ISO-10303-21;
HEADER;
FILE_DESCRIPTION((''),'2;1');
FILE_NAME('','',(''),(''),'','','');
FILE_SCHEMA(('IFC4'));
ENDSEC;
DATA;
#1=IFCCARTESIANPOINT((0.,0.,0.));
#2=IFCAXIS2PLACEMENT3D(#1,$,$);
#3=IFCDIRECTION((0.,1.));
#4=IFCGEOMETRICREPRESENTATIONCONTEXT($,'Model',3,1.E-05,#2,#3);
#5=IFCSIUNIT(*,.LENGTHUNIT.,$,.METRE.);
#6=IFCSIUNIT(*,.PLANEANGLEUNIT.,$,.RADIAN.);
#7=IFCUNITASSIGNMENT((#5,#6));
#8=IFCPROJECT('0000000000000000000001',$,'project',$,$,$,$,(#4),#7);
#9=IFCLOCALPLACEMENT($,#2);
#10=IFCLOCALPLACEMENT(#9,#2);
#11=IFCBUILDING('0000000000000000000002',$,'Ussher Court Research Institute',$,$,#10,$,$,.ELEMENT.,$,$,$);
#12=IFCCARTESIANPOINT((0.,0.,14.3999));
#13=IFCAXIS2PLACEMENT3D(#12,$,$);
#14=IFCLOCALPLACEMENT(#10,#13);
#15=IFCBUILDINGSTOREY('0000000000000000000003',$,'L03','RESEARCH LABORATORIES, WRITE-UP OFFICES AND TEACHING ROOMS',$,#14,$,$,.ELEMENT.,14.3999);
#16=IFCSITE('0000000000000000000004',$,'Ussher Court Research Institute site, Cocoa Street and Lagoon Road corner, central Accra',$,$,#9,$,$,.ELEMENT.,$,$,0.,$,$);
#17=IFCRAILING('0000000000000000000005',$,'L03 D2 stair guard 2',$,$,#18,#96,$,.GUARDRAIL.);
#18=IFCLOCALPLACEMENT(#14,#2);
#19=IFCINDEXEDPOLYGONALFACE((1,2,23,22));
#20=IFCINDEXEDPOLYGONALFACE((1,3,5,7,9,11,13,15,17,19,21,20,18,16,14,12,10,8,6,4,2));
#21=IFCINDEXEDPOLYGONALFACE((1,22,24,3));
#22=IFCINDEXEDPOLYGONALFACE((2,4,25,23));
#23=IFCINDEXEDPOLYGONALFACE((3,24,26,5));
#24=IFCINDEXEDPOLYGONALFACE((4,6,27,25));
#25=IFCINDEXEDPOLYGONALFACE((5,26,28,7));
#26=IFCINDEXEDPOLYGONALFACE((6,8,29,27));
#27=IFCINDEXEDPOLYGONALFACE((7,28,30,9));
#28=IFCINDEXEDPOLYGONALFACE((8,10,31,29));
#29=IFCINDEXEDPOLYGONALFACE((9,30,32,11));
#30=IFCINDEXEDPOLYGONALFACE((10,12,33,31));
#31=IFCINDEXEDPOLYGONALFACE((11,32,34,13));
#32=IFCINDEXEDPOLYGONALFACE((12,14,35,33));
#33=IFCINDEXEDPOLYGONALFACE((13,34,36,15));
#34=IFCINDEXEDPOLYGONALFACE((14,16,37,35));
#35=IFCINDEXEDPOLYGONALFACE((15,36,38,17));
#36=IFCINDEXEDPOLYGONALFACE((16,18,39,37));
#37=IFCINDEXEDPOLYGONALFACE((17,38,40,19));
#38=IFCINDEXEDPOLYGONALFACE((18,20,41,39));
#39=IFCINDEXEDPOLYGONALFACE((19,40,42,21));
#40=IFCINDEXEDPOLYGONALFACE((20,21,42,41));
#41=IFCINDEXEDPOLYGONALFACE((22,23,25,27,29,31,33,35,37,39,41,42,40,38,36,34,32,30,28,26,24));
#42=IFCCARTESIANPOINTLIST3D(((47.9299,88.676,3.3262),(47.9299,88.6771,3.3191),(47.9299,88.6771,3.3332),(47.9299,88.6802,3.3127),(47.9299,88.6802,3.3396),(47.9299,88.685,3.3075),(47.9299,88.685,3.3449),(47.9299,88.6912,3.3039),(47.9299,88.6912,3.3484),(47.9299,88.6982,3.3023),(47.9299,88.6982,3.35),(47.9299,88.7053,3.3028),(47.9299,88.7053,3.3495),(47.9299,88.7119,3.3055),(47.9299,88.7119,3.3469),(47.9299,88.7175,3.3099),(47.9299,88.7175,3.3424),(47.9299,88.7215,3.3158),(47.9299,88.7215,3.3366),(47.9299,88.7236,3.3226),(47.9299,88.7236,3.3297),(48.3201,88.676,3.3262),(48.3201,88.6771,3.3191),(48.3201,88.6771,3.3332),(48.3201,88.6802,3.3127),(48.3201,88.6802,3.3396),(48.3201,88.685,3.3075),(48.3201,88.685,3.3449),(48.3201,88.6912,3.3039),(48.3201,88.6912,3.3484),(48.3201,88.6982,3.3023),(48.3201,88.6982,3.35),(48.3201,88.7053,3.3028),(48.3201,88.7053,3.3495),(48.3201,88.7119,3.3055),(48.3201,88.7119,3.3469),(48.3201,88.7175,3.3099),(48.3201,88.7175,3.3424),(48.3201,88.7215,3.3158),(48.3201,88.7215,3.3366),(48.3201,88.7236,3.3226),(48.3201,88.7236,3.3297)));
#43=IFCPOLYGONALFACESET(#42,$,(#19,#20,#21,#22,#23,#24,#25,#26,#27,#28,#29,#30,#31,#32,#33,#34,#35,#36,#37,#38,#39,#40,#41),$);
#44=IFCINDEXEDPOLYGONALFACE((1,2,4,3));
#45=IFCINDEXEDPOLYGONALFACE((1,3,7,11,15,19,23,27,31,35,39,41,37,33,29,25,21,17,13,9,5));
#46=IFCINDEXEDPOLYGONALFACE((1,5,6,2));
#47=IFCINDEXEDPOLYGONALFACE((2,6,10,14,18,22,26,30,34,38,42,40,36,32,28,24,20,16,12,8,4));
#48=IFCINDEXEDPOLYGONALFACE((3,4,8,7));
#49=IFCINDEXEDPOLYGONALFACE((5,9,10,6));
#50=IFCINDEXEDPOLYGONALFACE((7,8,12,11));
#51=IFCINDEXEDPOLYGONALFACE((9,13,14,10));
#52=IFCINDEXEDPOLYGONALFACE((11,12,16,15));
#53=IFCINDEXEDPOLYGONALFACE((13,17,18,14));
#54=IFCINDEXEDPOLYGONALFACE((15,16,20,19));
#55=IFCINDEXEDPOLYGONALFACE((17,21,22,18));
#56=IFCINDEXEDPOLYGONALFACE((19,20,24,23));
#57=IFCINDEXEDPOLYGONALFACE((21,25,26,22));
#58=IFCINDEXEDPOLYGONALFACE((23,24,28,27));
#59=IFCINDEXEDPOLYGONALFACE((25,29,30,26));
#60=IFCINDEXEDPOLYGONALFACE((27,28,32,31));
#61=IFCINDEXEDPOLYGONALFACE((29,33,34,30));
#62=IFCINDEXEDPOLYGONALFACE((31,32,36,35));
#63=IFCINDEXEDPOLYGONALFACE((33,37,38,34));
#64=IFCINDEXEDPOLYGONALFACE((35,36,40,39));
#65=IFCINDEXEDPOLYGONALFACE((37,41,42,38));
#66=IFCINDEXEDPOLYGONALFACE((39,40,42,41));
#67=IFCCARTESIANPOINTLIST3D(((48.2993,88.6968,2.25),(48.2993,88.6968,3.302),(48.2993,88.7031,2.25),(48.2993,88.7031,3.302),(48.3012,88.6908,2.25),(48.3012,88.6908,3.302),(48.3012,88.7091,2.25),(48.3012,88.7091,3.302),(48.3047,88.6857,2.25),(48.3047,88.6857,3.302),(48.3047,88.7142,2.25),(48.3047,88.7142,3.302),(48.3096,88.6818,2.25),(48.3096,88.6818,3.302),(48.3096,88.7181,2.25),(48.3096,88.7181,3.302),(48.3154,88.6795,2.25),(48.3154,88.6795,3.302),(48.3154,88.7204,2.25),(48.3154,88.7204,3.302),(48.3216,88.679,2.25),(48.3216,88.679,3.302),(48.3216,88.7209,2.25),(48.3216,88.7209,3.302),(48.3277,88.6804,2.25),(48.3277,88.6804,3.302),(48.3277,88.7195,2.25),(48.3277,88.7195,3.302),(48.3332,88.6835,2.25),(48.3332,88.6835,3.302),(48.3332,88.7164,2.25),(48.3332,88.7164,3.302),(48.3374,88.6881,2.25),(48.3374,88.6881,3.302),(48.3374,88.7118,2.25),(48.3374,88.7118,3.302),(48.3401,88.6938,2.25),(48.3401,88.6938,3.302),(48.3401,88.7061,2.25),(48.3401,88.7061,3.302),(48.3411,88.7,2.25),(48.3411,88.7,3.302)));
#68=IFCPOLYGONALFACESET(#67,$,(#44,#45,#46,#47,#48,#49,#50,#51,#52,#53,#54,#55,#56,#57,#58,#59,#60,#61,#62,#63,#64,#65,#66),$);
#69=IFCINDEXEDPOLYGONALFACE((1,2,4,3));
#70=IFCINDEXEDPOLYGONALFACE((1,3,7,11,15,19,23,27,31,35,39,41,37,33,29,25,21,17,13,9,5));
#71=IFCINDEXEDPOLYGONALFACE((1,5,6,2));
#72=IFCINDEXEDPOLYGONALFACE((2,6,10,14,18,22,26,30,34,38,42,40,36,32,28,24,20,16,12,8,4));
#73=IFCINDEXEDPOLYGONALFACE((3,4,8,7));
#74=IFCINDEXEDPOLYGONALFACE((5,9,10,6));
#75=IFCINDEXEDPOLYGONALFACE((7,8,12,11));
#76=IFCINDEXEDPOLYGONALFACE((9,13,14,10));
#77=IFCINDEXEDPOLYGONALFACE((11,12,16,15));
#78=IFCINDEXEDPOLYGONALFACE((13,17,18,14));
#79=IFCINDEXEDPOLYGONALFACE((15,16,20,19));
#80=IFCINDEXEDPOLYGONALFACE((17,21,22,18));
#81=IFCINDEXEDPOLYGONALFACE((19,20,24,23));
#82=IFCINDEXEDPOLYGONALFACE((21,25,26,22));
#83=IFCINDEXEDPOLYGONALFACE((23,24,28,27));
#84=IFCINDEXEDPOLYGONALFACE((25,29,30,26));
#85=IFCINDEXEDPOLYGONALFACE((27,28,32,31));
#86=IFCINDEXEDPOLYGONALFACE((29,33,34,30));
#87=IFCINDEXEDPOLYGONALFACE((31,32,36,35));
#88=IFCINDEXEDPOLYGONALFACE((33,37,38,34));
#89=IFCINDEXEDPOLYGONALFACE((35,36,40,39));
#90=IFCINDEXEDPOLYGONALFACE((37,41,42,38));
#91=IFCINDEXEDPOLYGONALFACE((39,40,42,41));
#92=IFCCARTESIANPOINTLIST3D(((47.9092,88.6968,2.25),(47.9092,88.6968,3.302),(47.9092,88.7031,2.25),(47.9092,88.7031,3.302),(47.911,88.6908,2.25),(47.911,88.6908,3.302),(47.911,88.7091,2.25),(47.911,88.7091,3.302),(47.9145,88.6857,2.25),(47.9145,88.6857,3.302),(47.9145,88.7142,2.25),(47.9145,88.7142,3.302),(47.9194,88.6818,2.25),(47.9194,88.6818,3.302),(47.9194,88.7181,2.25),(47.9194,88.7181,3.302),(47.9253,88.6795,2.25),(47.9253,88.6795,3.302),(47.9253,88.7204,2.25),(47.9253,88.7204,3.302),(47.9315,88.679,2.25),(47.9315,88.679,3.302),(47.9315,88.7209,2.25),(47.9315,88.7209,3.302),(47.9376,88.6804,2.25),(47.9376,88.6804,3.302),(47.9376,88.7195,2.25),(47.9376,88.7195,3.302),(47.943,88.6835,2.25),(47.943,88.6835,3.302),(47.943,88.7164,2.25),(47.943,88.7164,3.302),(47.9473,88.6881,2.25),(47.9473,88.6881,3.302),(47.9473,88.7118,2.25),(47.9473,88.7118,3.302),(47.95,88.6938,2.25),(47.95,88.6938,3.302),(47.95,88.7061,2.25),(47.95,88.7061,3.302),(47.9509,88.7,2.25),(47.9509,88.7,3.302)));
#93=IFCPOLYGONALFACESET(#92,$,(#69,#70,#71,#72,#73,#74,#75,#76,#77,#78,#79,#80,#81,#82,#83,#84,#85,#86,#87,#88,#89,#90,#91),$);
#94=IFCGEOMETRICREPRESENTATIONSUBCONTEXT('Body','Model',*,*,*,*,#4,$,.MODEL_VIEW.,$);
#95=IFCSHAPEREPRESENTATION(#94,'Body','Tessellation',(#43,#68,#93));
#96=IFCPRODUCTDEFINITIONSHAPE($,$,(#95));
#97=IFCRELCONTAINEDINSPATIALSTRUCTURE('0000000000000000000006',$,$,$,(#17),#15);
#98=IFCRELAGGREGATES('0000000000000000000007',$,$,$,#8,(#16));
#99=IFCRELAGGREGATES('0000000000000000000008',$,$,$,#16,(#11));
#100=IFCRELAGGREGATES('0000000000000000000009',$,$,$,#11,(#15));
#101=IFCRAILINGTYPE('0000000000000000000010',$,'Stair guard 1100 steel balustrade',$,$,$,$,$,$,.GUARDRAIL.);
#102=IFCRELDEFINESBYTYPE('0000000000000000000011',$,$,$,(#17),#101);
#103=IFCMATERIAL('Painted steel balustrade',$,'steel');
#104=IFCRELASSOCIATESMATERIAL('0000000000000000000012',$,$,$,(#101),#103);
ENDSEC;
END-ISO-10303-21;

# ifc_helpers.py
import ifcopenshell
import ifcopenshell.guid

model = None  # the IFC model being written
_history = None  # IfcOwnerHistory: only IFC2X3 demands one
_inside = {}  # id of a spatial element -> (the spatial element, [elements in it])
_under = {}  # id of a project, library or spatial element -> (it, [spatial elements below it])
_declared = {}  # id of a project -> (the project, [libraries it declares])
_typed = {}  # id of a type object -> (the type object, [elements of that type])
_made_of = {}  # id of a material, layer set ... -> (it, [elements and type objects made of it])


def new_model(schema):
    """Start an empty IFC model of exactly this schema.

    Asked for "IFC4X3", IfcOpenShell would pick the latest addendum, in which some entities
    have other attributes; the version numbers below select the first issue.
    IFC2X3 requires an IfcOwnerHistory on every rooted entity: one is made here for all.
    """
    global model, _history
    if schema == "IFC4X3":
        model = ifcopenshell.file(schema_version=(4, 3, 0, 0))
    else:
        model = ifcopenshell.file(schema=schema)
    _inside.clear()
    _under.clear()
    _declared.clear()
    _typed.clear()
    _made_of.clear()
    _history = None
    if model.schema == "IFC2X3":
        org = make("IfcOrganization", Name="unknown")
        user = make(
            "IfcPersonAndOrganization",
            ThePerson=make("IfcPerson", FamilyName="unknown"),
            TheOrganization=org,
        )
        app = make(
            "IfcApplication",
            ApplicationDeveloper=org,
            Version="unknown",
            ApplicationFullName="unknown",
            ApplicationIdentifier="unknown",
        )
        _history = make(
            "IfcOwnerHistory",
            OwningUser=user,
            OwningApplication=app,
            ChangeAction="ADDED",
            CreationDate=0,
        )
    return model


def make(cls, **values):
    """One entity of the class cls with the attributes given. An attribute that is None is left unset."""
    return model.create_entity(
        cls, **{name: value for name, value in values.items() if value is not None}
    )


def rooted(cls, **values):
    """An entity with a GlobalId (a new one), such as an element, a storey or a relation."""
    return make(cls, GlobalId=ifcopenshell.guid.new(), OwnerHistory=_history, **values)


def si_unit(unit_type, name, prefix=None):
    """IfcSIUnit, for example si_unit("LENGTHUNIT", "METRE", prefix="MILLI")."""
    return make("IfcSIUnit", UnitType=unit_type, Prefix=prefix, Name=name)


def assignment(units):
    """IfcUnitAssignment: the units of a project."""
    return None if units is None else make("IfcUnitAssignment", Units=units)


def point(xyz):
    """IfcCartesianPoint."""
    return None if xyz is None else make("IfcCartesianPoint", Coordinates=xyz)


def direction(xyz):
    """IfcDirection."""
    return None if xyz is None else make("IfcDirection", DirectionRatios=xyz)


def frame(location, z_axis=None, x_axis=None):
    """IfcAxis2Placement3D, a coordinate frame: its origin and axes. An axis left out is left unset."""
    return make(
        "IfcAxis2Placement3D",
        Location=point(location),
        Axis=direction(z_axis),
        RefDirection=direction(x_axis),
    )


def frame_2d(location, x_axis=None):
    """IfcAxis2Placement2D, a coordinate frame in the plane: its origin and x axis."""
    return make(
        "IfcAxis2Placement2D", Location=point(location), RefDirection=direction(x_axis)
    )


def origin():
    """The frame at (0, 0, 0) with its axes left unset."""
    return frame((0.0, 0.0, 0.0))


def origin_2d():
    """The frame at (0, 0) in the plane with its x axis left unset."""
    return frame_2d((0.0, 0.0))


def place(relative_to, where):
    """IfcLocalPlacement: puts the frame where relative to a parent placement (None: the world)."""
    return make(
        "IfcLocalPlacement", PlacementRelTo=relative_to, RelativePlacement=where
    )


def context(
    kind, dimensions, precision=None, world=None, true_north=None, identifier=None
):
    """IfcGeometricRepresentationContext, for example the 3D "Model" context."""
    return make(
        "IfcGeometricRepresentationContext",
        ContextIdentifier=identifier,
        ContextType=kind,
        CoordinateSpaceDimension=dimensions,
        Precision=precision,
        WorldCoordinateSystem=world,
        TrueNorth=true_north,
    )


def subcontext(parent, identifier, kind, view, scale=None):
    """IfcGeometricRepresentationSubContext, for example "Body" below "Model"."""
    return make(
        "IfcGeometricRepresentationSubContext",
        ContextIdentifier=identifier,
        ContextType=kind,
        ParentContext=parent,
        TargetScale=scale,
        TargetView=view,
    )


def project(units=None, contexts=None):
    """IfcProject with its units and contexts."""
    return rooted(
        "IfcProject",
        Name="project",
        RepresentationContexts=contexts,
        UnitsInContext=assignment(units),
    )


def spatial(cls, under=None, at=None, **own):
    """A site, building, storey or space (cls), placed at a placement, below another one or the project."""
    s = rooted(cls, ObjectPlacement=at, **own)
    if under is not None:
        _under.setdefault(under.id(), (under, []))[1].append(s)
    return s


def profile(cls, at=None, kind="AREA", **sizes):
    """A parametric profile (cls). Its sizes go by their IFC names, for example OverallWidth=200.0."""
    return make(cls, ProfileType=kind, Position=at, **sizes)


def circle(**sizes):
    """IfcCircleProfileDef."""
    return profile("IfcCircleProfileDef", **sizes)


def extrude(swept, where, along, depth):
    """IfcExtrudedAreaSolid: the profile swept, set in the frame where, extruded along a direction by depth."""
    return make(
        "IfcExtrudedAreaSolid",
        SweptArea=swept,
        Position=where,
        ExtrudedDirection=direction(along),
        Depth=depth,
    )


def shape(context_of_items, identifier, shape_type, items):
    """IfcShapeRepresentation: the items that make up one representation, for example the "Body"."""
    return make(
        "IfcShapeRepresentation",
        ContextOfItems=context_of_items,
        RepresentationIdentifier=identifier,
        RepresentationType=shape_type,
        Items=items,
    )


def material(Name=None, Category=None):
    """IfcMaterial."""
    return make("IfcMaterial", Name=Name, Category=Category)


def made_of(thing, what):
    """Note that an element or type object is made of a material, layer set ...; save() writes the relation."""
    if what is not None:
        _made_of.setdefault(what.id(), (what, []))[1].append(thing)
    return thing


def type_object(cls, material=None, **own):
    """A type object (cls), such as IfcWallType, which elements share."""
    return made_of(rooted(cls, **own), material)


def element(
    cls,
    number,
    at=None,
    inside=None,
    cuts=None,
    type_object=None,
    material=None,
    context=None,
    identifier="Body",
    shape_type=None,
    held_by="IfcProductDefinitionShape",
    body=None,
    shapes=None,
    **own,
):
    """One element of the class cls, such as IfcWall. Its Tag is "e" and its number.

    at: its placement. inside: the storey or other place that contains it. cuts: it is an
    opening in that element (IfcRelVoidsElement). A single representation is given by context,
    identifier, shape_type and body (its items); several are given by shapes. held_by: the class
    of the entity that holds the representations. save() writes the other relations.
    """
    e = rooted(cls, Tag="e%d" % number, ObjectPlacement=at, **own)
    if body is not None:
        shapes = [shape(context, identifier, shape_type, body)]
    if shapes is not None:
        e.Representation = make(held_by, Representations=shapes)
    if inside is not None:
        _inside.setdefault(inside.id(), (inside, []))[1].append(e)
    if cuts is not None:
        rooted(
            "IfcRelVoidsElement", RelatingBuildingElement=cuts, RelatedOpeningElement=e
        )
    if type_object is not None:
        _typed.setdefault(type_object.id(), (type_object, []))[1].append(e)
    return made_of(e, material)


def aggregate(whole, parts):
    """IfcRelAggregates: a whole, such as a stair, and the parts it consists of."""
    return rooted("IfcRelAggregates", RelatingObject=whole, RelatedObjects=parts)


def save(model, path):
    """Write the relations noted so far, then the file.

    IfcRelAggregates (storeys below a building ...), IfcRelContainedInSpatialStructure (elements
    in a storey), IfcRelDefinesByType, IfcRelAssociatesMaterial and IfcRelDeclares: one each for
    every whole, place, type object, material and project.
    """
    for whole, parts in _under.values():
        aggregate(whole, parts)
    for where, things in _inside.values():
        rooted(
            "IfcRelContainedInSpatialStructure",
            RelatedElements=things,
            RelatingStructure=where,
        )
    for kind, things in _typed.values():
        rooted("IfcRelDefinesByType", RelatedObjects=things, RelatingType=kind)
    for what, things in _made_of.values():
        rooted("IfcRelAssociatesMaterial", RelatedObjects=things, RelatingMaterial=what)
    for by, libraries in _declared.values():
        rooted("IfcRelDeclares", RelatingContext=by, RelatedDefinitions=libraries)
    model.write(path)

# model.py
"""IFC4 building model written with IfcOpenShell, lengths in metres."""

from ifc_helpers import new_model, si_unit, direction, frame, origin, origin_2d, place, context, subcontext, project, spatial, circle, extrude, material, type_object, element, save


model = new_model("IFC4")

# Units and contexts
model_context = context("Model", 3, precision=1e-05, world=origin(), true_north=direction((0.0, 1.0)))
body_context = subcontext(model_context, "Body", "Model", "MODEL_VIEW")
ifc_project = project(units=[si_unit("LENGTHUNIT", "METRE"), si_unit("PLANEANGLEUNIT", "RADIAN")], contexts=[model_context])

# Site, building, storey
site_placement = place(None, origin())
site = spatial("IfcSite", under=ifc_project, at=site_placement, Name="Ussher Court Research Institute site, Cocoa Street and Lagoon Road corner, central Accra", CompositionType="ELEMENT", RefElevation=0.0)
building_placement = place(site_placement, origin())
building = spatial("IfcBuilding", under=site, at=building_placement, Name="Ussher Court Research Institute", CompositionType="ELEMENT")
storey_placement = place(building_placement, frame((0.0, 0.0, 14.3999)))
storey = spatial("IfcBuildingStorey", under=building, at=storey_placement, Name="L03", Description="RESEARCH LABORATORIES, WRITE-UP OFFICES AND TEACHING ROOMS", CompositionType="ELEMENT", Elevation=14.3999)

# Railing
ifc_material_1 = material(Name="Painted steel balustrade", Category="steel")
railing_type_1 = type_object("IfcRailingType", Name="Stair guard 1100 steel balustrade", PredefinedType="GUARDRAIL", material=ifc_material_1)
railing_1_placement = place(storey_placement, frame((48.3201, 88.7, 2.25)))
element("IfcRailing", 1, at=railing_1_placement, inside=storey, type_object=railing_type_1, Name="L03 D2 stair guard 2", PredefinedType="GUARDRAIL", context=body_context, shape_type="SweptSolid", body=[
    extrude(circle(Radius=0.0239, at=origin_2d()), frame((0.0, 0.0, 1.0762), z_axis=(-1.0, 0.0, 0.0), x_axis=(0.0, -1.0, 0.0)), (0.0, 0.0, 1.0), 0.3901),
    extrude(circle(Radius=0.021, at=origin_2d()), origin(), (0.0, 0.0, 1.0), 1.052),
    extrude(circle(Radius=0.021, at=origin_2d()), frame((-0.3901, 0.0, 0.0)), (0.0, 0.0, 1.0), 1.052),
])

save(model, "model.ifc")
